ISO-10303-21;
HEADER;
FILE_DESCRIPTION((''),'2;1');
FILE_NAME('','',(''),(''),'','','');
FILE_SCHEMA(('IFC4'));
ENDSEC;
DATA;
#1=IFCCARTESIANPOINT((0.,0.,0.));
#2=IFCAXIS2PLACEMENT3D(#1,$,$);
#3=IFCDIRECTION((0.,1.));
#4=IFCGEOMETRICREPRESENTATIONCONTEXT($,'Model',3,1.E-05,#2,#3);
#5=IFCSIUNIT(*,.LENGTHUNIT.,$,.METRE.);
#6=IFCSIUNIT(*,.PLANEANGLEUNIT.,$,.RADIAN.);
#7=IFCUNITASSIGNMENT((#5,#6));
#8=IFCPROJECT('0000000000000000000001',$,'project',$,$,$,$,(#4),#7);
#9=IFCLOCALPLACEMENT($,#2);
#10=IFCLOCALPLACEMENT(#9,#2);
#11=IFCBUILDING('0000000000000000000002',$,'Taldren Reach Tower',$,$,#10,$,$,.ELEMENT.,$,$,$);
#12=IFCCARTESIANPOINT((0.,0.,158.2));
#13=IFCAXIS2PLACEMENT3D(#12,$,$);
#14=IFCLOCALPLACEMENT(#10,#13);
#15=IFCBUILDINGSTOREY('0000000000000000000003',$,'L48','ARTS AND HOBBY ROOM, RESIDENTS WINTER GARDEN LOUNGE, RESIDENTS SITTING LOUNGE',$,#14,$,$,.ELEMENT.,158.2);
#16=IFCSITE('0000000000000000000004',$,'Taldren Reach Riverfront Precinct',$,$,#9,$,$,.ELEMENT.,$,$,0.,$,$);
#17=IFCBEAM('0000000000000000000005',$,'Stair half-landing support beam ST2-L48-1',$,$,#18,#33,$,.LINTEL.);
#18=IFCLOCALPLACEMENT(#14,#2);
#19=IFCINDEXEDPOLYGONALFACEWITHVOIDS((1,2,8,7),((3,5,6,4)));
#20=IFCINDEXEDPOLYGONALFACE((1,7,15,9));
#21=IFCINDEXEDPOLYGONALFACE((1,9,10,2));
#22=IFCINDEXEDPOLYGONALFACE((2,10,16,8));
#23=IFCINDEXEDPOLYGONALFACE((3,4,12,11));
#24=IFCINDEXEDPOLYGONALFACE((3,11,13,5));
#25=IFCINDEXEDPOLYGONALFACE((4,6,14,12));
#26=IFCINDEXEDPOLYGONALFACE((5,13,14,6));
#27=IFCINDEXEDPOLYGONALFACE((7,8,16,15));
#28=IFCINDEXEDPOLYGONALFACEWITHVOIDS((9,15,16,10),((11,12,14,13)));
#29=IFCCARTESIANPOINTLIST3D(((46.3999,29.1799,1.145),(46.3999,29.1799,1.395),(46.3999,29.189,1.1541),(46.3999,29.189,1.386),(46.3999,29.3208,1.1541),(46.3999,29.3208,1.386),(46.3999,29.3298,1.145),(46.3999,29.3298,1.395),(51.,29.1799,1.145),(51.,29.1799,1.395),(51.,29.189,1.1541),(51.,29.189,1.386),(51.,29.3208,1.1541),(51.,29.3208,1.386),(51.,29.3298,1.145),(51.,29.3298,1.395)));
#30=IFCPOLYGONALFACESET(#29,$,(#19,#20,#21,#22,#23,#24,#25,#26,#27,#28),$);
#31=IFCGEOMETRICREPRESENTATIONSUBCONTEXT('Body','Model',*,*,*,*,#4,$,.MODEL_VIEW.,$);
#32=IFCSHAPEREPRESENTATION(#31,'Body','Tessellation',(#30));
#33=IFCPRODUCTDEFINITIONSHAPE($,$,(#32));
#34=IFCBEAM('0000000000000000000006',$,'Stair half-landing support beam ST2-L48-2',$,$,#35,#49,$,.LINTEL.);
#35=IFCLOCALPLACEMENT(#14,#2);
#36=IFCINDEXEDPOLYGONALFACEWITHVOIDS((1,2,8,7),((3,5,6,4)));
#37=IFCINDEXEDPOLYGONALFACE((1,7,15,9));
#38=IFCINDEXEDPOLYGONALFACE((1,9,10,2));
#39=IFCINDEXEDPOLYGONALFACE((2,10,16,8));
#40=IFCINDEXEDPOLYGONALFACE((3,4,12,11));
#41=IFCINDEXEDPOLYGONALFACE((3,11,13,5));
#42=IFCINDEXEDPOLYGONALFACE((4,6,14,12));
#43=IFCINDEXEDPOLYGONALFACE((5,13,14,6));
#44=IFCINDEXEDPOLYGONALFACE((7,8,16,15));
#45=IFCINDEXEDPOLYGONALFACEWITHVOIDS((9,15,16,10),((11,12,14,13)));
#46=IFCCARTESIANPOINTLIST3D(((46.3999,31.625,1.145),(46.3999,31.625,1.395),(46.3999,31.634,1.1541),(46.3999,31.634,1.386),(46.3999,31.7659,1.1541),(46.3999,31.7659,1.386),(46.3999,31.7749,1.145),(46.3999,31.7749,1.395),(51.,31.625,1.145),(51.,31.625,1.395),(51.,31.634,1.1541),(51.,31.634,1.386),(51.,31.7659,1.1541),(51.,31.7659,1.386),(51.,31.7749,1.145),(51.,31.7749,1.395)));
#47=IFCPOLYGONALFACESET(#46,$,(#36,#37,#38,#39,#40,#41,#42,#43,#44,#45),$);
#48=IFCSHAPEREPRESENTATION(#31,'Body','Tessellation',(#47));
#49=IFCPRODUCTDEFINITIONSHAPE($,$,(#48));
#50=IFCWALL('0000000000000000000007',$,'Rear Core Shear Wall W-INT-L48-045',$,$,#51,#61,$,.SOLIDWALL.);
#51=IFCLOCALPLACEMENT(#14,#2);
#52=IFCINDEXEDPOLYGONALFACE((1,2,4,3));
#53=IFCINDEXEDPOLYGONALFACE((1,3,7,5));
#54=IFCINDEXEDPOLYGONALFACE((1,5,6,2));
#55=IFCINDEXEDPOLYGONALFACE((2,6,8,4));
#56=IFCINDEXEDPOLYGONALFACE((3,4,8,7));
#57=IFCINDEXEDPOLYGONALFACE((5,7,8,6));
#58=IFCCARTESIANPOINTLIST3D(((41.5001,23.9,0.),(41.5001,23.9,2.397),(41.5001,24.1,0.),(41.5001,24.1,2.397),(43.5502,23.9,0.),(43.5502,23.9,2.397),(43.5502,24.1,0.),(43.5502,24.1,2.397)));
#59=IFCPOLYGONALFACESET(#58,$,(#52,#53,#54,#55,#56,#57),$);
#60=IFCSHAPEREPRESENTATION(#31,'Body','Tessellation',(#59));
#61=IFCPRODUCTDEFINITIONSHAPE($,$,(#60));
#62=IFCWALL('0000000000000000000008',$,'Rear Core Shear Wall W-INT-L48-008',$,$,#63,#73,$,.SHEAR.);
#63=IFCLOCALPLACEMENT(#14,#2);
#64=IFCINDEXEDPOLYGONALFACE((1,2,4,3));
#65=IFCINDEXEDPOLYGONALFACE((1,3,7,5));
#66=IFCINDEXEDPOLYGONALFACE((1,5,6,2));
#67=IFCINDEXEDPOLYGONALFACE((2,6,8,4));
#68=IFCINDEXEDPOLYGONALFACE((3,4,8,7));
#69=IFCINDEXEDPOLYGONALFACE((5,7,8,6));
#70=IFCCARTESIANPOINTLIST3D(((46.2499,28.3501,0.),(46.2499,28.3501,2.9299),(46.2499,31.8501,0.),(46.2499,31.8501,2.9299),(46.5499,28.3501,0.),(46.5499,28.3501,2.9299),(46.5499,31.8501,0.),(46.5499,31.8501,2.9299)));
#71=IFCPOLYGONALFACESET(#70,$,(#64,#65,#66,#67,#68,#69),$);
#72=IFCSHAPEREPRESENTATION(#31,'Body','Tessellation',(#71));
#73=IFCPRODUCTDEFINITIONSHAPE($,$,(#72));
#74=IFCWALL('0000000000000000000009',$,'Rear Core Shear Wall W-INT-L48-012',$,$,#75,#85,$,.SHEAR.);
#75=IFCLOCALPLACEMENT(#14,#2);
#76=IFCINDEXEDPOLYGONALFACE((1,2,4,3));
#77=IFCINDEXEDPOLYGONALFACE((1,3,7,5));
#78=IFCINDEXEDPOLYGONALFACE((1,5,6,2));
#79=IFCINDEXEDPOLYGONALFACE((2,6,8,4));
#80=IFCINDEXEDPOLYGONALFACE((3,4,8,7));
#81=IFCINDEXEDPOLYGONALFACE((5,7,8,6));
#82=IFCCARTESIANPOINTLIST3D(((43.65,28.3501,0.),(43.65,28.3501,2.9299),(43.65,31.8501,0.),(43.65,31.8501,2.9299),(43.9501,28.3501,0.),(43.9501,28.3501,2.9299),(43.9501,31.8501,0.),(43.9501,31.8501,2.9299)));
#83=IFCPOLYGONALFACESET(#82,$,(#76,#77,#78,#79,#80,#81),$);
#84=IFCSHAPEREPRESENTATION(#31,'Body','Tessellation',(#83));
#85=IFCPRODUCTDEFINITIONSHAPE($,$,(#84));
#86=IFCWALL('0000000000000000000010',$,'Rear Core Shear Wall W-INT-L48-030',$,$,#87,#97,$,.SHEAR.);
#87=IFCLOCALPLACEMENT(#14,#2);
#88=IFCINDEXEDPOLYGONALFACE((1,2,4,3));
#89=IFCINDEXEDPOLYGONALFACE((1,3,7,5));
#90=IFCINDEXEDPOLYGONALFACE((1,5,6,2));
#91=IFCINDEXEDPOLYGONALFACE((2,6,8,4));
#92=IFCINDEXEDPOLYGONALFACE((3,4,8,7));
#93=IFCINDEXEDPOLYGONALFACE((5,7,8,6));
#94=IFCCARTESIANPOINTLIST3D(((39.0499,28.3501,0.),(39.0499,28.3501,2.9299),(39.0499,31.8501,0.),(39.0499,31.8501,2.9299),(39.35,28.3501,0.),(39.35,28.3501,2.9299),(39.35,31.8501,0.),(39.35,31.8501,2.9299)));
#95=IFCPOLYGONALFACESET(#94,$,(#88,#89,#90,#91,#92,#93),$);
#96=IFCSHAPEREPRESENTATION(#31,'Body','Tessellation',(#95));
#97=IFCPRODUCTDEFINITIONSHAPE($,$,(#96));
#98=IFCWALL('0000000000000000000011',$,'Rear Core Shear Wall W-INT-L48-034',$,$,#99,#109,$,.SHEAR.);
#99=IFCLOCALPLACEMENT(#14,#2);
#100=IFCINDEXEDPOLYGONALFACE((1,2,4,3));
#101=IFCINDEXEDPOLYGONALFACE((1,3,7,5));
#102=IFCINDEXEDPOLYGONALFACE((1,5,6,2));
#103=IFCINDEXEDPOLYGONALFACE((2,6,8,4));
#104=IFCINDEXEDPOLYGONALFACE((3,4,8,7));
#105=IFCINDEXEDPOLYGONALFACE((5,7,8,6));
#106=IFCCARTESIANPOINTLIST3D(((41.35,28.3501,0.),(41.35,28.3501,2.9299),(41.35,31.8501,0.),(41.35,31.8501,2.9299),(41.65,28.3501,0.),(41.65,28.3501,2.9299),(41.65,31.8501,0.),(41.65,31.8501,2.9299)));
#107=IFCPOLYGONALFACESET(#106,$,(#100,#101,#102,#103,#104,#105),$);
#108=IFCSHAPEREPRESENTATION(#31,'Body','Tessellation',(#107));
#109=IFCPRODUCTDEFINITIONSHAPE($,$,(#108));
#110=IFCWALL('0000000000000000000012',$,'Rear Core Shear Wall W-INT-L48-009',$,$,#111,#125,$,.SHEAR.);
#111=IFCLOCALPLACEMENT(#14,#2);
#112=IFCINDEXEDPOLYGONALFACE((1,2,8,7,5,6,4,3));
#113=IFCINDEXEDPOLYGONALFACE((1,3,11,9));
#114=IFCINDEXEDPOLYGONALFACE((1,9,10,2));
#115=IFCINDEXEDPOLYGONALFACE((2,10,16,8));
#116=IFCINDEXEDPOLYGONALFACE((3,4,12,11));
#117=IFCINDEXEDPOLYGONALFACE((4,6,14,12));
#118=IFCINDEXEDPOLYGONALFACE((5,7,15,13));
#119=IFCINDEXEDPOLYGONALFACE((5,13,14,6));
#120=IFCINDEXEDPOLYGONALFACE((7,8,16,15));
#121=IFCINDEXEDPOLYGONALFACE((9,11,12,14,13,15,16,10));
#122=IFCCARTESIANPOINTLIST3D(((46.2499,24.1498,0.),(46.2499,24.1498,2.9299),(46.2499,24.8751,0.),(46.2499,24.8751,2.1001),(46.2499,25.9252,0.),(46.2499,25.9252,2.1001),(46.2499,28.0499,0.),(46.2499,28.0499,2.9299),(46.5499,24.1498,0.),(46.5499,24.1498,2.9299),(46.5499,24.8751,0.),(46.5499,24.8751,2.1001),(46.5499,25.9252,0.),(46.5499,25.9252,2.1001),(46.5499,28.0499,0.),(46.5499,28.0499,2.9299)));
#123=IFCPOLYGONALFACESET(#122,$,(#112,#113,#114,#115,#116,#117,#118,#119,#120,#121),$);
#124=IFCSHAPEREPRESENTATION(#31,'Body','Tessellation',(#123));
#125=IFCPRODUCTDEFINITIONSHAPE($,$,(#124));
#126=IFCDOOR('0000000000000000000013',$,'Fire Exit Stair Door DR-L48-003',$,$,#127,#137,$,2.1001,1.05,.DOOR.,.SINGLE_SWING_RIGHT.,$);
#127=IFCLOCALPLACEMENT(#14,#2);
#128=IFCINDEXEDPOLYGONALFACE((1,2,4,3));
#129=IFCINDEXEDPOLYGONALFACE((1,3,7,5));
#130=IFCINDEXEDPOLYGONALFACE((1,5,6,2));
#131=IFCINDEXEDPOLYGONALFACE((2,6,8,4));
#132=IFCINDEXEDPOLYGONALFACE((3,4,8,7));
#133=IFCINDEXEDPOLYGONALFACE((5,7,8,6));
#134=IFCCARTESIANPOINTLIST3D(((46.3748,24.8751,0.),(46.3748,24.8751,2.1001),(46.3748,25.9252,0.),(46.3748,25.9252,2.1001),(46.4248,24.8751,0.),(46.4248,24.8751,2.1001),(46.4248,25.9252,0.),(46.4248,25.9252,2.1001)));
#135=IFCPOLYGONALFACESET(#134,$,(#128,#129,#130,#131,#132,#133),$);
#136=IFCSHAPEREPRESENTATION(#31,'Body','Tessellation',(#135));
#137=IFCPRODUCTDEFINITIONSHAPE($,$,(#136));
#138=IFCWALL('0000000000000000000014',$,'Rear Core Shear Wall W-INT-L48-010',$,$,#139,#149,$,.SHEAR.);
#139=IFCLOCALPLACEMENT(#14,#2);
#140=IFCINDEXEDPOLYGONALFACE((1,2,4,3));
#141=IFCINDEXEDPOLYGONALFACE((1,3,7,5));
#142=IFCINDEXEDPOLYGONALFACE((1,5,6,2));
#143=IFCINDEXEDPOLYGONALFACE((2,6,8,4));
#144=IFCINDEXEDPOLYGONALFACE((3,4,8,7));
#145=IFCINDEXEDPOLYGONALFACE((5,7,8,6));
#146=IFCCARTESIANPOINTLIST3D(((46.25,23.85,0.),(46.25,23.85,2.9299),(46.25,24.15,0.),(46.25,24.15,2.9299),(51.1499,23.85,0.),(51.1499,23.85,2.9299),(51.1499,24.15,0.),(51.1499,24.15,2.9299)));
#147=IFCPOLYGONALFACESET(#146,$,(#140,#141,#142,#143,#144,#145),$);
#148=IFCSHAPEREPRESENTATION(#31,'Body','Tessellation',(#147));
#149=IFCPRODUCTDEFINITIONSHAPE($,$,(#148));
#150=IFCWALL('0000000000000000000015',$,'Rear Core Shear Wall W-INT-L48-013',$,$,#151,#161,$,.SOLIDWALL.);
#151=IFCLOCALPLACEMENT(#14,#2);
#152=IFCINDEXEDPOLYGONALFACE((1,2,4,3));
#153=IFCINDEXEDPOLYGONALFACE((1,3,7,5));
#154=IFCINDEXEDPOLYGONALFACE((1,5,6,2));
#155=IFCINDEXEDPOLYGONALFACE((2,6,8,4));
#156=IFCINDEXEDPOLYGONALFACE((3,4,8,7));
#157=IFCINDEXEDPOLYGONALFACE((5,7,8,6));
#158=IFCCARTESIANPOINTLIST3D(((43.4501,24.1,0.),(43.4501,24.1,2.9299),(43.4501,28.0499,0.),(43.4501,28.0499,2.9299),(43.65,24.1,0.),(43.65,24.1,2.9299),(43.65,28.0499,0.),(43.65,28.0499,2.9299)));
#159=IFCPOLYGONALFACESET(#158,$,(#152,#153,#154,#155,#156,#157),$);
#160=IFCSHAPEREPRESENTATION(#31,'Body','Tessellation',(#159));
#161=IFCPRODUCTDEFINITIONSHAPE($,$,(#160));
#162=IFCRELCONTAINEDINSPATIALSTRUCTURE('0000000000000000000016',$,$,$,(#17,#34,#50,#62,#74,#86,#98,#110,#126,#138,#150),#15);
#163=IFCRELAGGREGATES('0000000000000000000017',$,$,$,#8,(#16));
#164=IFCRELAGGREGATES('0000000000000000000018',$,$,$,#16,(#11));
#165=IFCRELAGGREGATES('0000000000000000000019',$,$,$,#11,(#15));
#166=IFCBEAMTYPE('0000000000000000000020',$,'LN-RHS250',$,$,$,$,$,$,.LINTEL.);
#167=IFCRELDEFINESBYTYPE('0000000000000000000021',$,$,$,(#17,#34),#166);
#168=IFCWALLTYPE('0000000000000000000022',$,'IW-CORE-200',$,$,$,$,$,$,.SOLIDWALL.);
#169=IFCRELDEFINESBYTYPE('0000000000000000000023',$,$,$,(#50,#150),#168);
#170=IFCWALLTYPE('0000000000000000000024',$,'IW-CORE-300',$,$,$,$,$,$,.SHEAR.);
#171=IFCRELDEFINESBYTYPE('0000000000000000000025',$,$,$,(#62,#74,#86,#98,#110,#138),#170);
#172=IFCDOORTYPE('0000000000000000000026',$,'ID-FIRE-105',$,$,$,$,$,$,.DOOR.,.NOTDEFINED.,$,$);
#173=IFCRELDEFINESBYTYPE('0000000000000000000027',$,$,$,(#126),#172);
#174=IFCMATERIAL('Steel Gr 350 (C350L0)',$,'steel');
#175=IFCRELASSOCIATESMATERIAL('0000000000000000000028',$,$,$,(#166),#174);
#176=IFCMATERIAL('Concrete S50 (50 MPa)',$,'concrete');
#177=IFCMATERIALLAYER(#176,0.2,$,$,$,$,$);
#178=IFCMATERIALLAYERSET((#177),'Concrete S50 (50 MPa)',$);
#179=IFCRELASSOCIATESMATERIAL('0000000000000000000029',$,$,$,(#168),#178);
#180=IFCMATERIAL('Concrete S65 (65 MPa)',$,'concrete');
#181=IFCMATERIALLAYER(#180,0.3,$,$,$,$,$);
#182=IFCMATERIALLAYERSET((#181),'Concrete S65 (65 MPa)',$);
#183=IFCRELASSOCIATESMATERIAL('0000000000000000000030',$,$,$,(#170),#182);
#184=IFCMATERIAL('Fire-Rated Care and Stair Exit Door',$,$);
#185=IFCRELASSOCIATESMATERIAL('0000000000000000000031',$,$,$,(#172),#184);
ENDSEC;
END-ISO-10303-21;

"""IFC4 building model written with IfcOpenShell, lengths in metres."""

from ifc_helpers import new_model, si_unit, direction, frame, frame_2d, origin, origin_2d, place, context, subcontext, project, spatial, rectangle, hollow_rectangle, extrude, source, transform, mapped, material, layer, layer_set, material_profile, profile_set, type_object, element, fill, save


model = new_model("IFC4")

# Units and contexts
model_context = context("Model", 3, precision=1e-05, world=origin(), true_north=direction((0.0, 1.0)))
body_context = subcontext(model_context, "Body", "Model", "MODEL_VIEW")
ifc_project = project(units=[si_unit("LENGTHUNIT", "METRE"), si_unit("PLANEANGLEUNIT", "RADIAN")], contexts=[model_context])

# Site, building, storey
site_placement = place(None, origin())
site = spatial("IfcSite", under=ifc_project, at=site_placement, Name="Taldren Reach Riverfront Precinct", CompositionType="ELEMENT", RefElevation=0.0)
building_placement = place(site_placement, origin())
building = spatial("IfcBuilding", under=site, at=building_placement, Name="Taldren Reach Tower", CompositionType="ELEMENT")
storey_placement = place(building_placement, frame((0.0, 0.0, 158.2)))
storey = spatial("IfcBuildingStorey", under=building, at=storey_placement, Name="L48", Description="ARTS AND HOBBY ROOM, RESIDENTS WINTER GARDEN LOUNGE, RESIDENTS SITTING LOUNGE", CompositionType="ELEMENT", Elevation=158.2)

# Beams
ifc_material_1 = material(Name="Steel Gr 350 (C350L0)", Category="steel")
ifc_material_profile = material_profile(ifc_material_1, hollow_rectangle(XDim=0.1499, YDim=0.25, WallThickness=0.009, at=origin_2d()), Name="250x150x9.0RHS")
ifc_profile_set = profile_set([ifc_material_profile], Name="Steel Gr 350 (C350L0)")
beam_type = type_object("IfcBeamType", Name="LN-RHS250", PredefinedType="LINTEL", material=ifc_profile_set)
shared_shape_1 = source(origin(), body_context, "Body", "SweptSolid", [
    extrude(hollow_rectangle(XDim=0.1499, YDim=0.25, WallThickness=0.009, at=origin_2d()), origin(), (0.0, 0.0, 1.0), 4.6001),
])
for number, where, z_axis, x_axis, name in (
    (1, (46.3999, 29.2549, 1.27), (1.0, 0.0, 0.0), (0.0, 1.0, 0.0), "Stair half-landing support beam ST2-L48-1"),
    (2, (46.3999, 31.7, 1.27), (1.0, 0.0, 0.0), (0.0, 1.0, 0.0), "Stair half-landing support beam ST2-L48-2"),
):
    element("IfcBeam", number, at=place(storey_placement, frame(where, z_axis=z_axis, x_axis=x_axis)), inside=storey, type_object=beam_type, Name=name, PredefinedType="LINTEL", context=body_context, shape_type="MappedRepresentation", body=[
        mapped(shared_shape_1, transform((0.0, 0.0, 0.0), scale=1.0)),
    ])

# Walls
ifc_material_2 = material(Name="Concrete S50 (50 MPa)", Category="concrete")
ifc_layer_1 = layer(ifc_material_2, 0.2)
ifc_layer_set_1 = layer_set([ifc_layer_1], Name="Concrete S50 (50 MPa)")
wall_type_1 = type_object("IfcWallType", Name="IW-CORE-200", PredefinedType="SOLIDWALL", material=ifc_layer_set_1)
shared_shape_2 = source(origin(), body_context, "Body", "SweptSolid", [
    extrude(rectangle(XDim=2.05, YDim=0.2, at=frame_2d((1.0249, 0.0))), origin(), (0.0, 0.0, 1.0), 2.397),
])
wall_1_placement = place(storey_placement, frame((43.55, 24.0, 0.0), z_axis=(0.0, 0.0, 1.0), x_axis=(-1.0, 0.0, 0.0)))
element("IfcWall", 3, at=wall_1_placement, inside=storey, type_object=wall_type_1, Name="Rear Core Shear Wall W-INT-L48-045", PredefinedType="SOLIDWALL", context=body_context, shape_type="MappedRepresentation", body=[
    mapped(shared_shape_2, transform((0.0, 0.0, 0.0), scale=1.0)),
])
ifc_material_3 = material(Name="Concrete S65 (65 MPa)", Category="concrete")
ifc_layer_2 = layer(ifc_material_3, 0.3)
ifc_layer_set_2 = layer_set([ifc_layer_2], Name="Concrete S65 (65 MPa)")
wall_type_2 = type_object("IfcWallType", Name="IW-CORE-300", PredefinedType="SHEAR", material=ifc_layer_set_2)
shared_shape_3 = source(origin(), body_context, "Body", "SweptSolid", [
    extrude(rectangle(XDim=3.5, YDim=0.3, at=frame_2d((1.75, 0.0))), origin(), (0.0, 0.0, 1.0), 2.9299),
])
for number, where, z_axis, x_axis, name in (
    (4, (46.3999, 31.8501, 0.0), (0.0, 0.0, 1.0), (0.0, -1.0, 0.0), "Rear Core Shear Wall W-INT-L48-008"),
    (5, (43.8, 31.8501, 0.0), (0.0, 0.0, 1.0), (0.0, -1.0, 0.0), "Rear Core Shear Wall W-INT-L48-012"),
    (6, (39.2, 28.3501, 0.0), (0.0, 0.0, 1.0), (0.0, 1.0, 0.0), "Rear Core Shear Wall W-INT-L48-030"),
    (7, (41.5, 28.3501, 0.0), (0.0, 0.0, 1.0), (0.0, 1.0, 0.0), "Rear Core Shear Wall W-INT-L48-034"),
):
    element("IfcWall", number, at=place(storey_placement, frame(where, z_axis=z_axis, x_axis=x_axis)), inside=storey, type_object=wall_type_2, Name=name, PredefinedType="SHEAR", context=body_context, shape_type="MappedRepresentation", body=[
        mapped(shared_shape_3, transform((0.0, 0.0, 0.0), scale=1.0)),
    ])

# Wall, opening, door
shared_shape_4 = source(origin(), body_context, "Body", "SweptSolid", [
    extrude(rectangle(XDim=3.9001, YDim=0.3, at=frame_2d((1.9502, 0.0))), origin(), (0.0, 0.0, 1.0), 2.9299),
])
wall_2_placement = place(storey_placement, frame((46.3999, 28.05, 0.0), z_axis=(0.0, 0.0, 1.0), x_axis=(0.0, -1.0, 0.0)))
wall_2 = element("IfcWall", 8, at=wall_2_placement, inside=storey, type_object=wall_type_2, Name="Rear Core Shear Wall W-INT-L48-009", PredefinedType="SHEAR", context=body_context, shape_type="MappedRepresentation", body=[
    mapped(shared_shape_4, transform((0.0, 0.0, 0.0), scale=1.0)),
])
shared_shape_5 = source(origin(), body_context, "Body", "SweptSolid", [
    extrude(rectangle(XDim=1.05, YDim=2.1001, at=frame_2d((0.5249, 1.05))), frame((0.0, 0.1602, 0.0), z_axis=(0.0, -1.0, 0.0), x_axis=(1.0, 0.0, 0.0)), (0.0, 0.0, 1.0), 0.3201),
])
opening_1_placement = place(wall_2_placement, frame((2.125, 0.0, 0.0)))
opening_1 = element("IfcOpeningElement", 9, at=opening_1_placement, cuts=wall_2, PredefinedType="OPENING", context=body_context, shape_type="MappedRepresentation", body=[
    mapped(shared_shape_5, transform((0.0, 0.0, 0.0), scale=1.0)),
])
ifc_material_4 = material(Name="Fire-Rated Care and Stair Exit Door")
door_type_1 = type_object("IfcDoorType", Name="ID-FIRE-105", OperationType="NOTDEFINED", PredefinedType="DOOR", material=ifc_material_4)
shared_shape_6 = source(origin(), body_context, "Body", "SweptSolid", [
    extrude(rectangle(XDim=1.05, YDim=2.1001, at=frame_2d((0.5249, 1.05))), frame((0.0, 0.0249, 0.0), z_axis=(0.0, -1.0, 0.0), x_axis=(1.0, 0.0, 0.0)), (0.0, 0.0, 1.0), 0.05),
])
door_1_placement = place(opening_1_placement, origin())
door_1 = element("IfcDoor", 10, at=door_1_placement, inside=storey, type_object=door_type_1, Name="Fire Exit Stair Door DR-L48-003", OperationType="SINGLE_SWING_RIGHT", OverallHeight=2.1001, OverallWidth=1.05, PredefinedType="DOOR", context=body_context, shape_type="MappedRepresentation", body=[
    mapped(shared_shape_6, transform((0.0, 0.0, 0.0), scale=1.0)),
])
fill(opening_1, door_1)

# Wall
shared_shape_7 = source(origin(), body_context, "Body", "SweptSolid", [
    extrude(rectangle(XDim=4.8999, YDim=0.3, at=frame_2d((2.45, 0.0))), origin(), (0.0, 0.0, 1.0), 2.9299),
])
wall_3_placement = place(storey_placement, frame((46.25, 24.0, 0.0), z_axis=(0.0, 0.0, 1.0), x_axis=(1.0, 0.0, 0.0)))
element("IfcWall", 11, at=wall_3_placement, inside=storey, type_object=wall_type_2, Name="Rear Core Shear Wall W-INT-L48-010", PredefinedType="SHEAR", context=body_context, shape_type="MappedRepresentation", body=[
    mapped(shared_shape_7, transform((0.0, 0.0, 0.0), scale=1.0)),
])

# Wall
shared_shape_8 = source(origin(), body_context, "Body", "SweptSolid", [
    extrude(rectangle(XDim=3.95, YDim=0.2, at=frame_2d((1.9751, 0.0))), origin(), (0.0, 0.0, 1.0), 2.9299),
])
wall_4_placement = place(storey_placement, frame((43.55, 28.05, 0.0), z_axis=(0.0, 0.0, 1.0), x_axis=(0.0, -1.0, 0.0)))
element("IfcWall", 12, at=wall_4_placement, inside=storey, type_object=wall_type_1, Name="Rear Core Shear Wall W-INT-L48-013", PredefinedType="SOLIDWALL", context=body_context, shape_type="MappedRepresentation", body=[
    mapped(shared_shape_8, transform((0.0, 0.0, 0.0), scale=1.0)),
])

save(model, "model.ifc")
